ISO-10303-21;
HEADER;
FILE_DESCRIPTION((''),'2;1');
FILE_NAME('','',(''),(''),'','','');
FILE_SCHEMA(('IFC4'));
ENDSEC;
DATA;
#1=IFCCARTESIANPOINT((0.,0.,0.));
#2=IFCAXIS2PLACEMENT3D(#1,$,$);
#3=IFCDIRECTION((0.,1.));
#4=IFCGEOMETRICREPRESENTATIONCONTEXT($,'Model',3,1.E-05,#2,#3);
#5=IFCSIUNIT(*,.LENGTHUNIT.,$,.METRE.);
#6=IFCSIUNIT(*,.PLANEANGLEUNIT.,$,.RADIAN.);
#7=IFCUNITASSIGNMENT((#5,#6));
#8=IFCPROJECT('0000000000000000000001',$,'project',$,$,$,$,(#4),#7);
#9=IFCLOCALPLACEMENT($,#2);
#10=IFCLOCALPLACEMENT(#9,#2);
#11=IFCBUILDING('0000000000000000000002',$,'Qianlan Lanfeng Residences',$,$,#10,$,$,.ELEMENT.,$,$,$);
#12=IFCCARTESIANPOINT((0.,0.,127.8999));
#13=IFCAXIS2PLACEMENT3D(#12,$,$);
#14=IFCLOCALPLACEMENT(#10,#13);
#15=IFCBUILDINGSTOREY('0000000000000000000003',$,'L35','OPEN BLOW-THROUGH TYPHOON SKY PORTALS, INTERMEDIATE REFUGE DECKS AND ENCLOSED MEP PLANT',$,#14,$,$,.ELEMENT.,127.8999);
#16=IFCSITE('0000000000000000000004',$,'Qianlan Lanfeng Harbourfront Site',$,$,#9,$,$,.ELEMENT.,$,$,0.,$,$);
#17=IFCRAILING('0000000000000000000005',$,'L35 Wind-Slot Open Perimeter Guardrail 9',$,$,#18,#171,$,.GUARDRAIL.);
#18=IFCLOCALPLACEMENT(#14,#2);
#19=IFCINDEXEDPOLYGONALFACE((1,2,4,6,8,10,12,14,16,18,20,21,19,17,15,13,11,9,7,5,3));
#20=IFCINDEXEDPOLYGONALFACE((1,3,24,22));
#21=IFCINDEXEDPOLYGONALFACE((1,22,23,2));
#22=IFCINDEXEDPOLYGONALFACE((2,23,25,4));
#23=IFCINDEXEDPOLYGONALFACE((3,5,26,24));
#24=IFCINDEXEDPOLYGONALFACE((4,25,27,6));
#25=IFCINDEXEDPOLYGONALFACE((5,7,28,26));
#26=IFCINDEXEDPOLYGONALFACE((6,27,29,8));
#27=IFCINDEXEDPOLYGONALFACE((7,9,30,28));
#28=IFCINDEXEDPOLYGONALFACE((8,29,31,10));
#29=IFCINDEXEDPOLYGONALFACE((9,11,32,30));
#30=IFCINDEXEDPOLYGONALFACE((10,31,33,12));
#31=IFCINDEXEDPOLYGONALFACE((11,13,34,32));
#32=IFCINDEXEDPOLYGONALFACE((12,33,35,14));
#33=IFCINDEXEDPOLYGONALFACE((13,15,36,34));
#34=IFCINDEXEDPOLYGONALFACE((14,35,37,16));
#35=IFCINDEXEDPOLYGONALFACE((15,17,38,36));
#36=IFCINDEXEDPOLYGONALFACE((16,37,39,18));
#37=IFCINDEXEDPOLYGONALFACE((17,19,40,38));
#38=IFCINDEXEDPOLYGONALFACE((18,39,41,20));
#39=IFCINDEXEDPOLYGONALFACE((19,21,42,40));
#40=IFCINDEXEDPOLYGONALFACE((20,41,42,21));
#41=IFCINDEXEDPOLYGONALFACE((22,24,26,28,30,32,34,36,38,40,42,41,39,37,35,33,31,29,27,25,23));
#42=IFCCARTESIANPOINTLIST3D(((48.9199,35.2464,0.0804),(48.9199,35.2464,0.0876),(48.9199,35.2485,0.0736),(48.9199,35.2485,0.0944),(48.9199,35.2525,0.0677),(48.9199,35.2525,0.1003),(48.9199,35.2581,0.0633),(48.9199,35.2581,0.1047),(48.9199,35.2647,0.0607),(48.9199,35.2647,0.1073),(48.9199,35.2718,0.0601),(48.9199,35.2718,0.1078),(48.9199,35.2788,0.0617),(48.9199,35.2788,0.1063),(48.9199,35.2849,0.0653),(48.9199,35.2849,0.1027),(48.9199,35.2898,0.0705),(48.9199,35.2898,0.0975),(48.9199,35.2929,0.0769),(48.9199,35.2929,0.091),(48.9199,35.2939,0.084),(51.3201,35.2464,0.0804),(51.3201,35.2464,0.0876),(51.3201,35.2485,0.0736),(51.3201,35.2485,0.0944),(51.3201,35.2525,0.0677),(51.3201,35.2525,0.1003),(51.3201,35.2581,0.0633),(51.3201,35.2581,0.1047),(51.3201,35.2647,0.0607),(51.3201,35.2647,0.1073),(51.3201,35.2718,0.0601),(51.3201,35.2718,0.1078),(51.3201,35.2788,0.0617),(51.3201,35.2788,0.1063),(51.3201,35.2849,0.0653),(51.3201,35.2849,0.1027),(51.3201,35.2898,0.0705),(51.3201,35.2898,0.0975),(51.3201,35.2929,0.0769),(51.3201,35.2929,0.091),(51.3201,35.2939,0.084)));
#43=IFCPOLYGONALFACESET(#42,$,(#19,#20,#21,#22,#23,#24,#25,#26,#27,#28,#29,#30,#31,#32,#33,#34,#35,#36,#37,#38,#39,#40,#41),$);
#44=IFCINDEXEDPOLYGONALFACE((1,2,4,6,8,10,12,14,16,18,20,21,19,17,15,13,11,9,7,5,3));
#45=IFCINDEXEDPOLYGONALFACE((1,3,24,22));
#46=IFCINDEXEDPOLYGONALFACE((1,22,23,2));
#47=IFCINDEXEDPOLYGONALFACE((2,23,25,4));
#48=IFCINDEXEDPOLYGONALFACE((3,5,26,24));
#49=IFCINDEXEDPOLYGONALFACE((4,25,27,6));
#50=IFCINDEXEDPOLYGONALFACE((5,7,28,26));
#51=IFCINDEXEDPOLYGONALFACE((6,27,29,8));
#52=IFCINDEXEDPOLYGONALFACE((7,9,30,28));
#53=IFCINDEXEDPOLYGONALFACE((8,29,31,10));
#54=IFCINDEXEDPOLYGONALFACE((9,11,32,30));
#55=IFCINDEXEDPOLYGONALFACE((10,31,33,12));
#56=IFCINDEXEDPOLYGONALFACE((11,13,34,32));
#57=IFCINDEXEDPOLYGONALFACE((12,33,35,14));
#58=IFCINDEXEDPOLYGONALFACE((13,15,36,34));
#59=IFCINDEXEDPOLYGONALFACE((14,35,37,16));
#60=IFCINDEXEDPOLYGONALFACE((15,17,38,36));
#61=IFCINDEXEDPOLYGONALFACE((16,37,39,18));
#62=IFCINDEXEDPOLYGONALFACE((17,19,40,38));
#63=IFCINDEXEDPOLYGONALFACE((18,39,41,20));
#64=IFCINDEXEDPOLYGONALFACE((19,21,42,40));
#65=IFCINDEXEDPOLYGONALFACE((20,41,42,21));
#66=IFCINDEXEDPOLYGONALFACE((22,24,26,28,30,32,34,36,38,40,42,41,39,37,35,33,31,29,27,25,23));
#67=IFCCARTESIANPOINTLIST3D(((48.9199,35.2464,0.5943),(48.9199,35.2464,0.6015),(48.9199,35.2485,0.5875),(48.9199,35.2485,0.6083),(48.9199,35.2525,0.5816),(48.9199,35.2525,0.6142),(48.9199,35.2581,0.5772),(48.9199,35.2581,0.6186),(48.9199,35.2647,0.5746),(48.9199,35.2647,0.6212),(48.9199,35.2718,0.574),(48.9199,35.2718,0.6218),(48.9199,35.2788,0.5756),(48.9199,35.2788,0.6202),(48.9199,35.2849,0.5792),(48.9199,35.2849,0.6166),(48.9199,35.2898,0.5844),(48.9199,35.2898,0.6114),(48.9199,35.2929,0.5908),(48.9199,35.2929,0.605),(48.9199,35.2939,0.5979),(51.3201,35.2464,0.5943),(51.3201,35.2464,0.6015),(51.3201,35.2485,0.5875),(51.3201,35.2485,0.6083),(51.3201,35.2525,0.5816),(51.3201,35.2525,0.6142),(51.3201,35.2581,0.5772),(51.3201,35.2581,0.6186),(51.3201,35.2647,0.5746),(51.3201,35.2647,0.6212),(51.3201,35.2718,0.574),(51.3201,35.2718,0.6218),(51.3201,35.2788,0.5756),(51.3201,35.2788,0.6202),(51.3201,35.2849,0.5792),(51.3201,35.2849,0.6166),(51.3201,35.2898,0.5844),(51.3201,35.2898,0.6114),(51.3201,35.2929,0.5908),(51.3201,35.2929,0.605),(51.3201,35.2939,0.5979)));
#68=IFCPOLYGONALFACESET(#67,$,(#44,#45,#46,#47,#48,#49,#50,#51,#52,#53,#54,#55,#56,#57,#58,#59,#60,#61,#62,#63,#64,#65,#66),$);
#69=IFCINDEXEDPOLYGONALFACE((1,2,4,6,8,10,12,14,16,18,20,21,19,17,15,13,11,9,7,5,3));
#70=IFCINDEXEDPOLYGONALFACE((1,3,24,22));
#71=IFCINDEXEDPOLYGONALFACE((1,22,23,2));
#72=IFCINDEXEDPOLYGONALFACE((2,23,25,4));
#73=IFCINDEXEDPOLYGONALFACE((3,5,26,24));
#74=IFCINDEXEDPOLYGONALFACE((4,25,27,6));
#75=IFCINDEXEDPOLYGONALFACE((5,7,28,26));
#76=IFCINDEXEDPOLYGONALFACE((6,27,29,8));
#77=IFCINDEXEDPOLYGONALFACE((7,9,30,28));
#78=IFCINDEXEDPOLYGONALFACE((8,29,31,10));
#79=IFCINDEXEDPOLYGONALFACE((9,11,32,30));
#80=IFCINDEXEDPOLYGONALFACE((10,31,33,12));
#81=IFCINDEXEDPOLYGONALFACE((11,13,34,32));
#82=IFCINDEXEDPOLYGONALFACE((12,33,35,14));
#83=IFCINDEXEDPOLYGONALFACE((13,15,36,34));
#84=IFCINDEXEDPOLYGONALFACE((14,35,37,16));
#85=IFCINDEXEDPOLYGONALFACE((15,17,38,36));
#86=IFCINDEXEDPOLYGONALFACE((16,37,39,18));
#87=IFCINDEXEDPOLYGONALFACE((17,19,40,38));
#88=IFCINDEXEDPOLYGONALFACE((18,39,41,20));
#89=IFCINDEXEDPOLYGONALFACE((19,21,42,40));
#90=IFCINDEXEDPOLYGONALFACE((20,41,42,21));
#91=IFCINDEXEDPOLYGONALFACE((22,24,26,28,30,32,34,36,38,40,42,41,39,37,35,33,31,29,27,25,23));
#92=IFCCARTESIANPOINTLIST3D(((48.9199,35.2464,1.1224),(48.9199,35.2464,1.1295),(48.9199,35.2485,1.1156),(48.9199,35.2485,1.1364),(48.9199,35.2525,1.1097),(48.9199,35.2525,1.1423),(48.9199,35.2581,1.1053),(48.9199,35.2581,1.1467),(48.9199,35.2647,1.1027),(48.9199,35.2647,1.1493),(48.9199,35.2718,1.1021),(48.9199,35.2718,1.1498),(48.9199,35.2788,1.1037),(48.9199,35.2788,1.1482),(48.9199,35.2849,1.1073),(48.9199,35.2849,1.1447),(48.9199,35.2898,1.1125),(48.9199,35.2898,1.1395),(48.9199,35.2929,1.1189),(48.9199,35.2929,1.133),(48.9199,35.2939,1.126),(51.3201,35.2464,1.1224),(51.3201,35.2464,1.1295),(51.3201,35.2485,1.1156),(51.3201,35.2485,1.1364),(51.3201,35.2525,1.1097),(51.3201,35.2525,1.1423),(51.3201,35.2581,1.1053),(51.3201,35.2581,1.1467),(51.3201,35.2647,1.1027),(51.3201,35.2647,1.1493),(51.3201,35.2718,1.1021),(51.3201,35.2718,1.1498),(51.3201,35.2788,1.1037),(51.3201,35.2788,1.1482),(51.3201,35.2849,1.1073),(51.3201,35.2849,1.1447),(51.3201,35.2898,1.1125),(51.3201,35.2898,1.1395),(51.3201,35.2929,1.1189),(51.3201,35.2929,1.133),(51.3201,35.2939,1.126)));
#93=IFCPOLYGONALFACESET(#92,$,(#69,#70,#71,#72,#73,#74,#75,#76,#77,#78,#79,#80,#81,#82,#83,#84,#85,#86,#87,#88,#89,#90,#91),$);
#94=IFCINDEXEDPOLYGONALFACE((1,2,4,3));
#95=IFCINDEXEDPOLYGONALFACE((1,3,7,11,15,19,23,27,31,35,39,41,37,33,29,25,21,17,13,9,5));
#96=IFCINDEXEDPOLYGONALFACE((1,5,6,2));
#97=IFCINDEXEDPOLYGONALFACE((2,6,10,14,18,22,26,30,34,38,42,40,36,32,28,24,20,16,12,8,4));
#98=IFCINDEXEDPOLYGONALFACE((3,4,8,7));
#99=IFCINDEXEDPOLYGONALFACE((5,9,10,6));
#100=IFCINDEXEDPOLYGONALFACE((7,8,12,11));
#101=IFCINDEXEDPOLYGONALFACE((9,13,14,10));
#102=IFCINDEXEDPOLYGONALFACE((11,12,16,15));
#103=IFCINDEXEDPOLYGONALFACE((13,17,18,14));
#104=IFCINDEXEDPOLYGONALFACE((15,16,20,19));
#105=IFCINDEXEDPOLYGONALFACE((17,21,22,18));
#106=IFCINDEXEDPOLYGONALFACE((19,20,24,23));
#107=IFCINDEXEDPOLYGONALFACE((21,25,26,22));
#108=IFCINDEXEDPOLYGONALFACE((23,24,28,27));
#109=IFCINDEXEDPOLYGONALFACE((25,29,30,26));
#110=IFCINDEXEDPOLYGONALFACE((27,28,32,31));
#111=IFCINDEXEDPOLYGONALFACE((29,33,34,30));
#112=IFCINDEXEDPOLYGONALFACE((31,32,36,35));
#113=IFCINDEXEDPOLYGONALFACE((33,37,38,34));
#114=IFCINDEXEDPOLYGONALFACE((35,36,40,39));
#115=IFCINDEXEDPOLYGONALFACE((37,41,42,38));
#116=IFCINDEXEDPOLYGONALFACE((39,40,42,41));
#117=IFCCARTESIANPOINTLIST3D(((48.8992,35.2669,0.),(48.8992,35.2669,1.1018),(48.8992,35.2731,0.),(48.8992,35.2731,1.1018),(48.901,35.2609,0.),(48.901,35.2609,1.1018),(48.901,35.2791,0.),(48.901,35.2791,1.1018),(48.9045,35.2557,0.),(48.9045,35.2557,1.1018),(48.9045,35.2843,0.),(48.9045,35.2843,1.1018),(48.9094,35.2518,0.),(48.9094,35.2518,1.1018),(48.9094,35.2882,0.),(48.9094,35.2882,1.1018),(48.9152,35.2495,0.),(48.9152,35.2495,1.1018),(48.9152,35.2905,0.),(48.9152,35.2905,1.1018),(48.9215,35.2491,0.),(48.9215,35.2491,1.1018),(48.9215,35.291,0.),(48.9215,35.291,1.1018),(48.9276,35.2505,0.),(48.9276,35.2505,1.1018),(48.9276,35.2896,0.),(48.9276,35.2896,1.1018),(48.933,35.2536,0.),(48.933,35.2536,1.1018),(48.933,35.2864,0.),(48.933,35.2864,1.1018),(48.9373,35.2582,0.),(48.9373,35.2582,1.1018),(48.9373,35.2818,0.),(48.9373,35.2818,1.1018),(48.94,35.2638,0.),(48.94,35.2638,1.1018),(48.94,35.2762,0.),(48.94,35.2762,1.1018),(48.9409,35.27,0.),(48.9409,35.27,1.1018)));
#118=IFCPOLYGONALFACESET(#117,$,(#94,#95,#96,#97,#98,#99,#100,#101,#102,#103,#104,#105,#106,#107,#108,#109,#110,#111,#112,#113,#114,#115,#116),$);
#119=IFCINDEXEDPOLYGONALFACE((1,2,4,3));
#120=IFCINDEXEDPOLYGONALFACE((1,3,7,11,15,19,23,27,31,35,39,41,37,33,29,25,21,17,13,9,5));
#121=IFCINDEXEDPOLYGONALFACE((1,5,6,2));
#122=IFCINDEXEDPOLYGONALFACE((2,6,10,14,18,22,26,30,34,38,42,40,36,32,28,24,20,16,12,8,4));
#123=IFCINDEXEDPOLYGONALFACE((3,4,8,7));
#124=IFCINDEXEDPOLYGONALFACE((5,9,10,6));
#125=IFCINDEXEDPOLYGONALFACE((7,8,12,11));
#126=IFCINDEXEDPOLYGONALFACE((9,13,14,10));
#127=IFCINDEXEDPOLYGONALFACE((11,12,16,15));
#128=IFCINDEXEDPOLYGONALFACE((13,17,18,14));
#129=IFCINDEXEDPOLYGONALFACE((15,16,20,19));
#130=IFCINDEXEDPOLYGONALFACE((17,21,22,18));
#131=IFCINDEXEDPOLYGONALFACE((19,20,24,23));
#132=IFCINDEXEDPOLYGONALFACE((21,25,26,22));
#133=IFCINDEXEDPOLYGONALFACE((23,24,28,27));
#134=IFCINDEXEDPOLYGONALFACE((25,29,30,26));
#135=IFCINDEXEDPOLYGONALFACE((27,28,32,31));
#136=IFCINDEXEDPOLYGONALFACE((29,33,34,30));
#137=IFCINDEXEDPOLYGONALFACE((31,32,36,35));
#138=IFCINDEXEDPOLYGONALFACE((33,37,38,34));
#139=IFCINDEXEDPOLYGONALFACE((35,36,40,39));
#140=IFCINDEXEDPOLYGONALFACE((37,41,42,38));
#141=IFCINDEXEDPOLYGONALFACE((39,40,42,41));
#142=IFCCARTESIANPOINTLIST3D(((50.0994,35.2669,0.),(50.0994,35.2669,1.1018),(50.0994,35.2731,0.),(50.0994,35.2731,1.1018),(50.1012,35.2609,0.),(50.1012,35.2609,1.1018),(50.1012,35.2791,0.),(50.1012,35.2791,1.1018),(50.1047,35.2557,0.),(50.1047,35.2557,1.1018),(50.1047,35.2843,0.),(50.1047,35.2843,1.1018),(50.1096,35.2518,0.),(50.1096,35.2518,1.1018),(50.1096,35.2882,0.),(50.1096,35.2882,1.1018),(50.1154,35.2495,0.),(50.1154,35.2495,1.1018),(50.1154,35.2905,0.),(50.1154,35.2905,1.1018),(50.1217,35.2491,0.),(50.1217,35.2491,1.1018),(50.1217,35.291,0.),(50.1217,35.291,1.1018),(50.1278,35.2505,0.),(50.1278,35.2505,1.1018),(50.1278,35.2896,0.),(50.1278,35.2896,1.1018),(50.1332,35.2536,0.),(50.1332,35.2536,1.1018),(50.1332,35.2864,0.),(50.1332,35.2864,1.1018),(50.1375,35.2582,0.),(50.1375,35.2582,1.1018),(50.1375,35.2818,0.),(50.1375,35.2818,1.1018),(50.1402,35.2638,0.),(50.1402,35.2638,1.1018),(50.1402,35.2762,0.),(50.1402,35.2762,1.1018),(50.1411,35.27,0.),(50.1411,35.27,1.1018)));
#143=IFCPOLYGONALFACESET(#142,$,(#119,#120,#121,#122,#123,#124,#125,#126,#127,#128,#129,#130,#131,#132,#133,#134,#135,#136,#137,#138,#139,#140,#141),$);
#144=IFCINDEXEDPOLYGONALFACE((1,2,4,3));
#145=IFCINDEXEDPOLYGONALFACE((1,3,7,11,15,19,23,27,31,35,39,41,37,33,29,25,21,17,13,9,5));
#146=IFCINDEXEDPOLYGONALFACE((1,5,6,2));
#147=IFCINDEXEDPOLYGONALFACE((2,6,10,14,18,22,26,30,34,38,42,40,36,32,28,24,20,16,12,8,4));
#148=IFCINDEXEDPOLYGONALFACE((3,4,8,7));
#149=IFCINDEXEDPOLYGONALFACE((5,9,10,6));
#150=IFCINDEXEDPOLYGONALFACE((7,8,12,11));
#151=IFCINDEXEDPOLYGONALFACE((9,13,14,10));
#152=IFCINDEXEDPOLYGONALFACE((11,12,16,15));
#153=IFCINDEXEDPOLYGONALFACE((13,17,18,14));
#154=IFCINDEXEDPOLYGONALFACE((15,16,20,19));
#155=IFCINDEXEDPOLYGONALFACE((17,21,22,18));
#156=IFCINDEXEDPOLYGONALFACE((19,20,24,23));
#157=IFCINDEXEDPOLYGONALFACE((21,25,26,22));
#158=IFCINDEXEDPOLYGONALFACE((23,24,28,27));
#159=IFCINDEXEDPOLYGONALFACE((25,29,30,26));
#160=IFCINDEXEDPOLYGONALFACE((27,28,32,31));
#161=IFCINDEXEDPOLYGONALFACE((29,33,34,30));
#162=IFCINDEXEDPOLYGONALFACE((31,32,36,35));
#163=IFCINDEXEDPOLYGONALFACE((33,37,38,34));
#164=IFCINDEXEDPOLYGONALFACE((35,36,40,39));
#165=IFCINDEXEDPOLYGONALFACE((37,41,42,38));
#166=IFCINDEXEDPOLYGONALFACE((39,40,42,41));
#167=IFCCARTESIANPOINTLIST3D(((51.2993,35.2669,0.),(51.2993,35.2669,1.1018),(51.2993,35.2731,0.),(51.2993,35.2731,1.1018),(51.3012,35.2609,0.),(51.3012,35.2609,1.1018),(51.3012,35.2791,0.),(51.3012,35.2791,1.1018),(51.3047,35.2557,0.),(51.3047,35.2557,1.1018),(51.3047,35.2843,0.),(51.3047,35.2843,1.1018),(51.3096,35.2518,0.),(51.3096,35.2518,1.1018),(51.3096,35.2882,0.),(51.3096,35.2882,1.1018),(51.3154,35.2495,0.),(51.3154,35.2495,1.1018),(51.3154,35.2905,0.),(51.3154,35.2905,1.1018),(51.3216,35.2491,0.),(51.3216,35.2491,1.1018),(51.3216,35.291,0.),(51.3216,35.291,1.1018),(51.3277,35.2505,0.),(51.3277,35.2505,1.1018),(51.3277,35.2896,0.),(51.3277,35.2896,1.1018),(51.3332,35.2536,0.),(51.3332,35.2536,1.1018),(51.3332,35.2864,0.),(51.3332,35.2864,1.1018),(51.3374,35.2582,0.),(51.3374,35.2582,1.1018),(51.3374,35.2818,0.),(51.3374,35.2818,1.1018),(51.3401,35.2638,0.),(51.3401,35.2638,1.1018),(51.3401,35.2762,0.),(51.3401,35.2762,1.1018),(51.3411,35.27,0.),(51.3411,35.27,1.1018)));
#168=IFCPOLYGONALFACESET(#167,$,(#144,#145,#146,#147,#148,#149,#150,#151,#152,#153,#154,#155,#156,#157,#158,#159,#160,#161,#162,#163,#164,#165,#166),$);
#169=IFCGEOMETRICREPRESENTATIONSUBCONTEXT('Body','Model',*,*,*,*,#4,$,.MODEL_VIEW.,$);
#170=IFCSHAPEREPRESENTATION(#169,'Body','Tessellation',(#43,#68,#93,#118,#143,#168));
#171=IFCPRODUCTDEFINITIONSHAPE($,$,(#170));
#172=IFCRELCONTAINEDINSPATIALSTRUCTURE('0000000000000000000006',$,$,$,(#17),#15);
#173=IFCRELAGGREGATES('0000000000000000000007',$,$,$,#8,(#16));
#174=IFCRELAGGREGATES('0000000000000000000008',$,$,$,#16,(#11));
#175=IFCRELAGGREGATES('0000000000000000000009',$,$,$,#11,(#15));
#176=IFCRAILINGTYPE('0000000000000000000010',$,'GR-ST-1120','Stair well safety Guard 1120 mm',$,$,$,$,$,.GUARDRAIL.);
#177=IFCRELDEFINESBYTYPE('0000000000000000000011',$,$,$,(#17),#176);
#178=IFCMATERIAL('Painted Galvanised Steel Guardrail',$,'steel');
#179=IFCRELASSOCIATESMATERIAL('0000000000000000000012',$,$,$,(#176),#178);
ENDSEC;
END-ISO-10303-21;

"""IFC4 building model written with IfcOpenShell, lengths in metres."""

from ifc_helpers import new_model, si_unit, direction, frame, origin, origin_2d, place, context, subcontext, project, spatial, circle, extrude, material, type_object, element, save


model = new_model("IFC4")

# Units and contexts
model_context = context("Model", 3, precision=1e-05, world=origin(), true_north=direction((0.0, 1.0)))
body_context = subcontext(model_context, "Body", "Model", "MODEL_VIEW")
ifc_project = project(units=[si_unit("LENGTHUNIT", "METRE"), si_unit("PLANEANGLEUNIT", "RADIAN")], contexts=[model_context])

# Site, building, storey
site_placement = place(None, origin())
site = spatial("IfcSite", under=ifc_project, at=site_placement, Name="Qianlan Lanfeng Harbourfront Site", CompositionType="ELEMENT", RefElevation=0.0)
building_placement = place(site_placement, origin())
building = spatial("IfcBuilding", under=site, at=building_placement, Name="Qianlan Lanfeng Residences", CompositionType="ELEMENT")
storey_placement = place(building_placement, frame((0.0, 0.0, 127.8999)))
storey = spatial("IfcBuildingStorey", under=building, at=storey_placement, Name="L35", Description="OPEN BLOW-THROUGH TYPHOON SKY PORTALS, INTERMEDIATE REFUGE DECKS AND ENCLOSED MEP PLANT", CompositionType="ELEMENT", Elevation=127.8999)

# Railing
ifc_material_1 = material(Name="Painted Galvanised Steel Guardrail", Category="steel")
railing_type_1 = type_object("IfcRailingType", Name="GR-ST-1120", Description="Stair well safety Guard 1120 mm", PredefinedType="GUARDRAIL", material=ifc_material_1)
railing_1_placement = place(storey_placement, frame((48.9199, 35.27, 0.0)))
element("IfcRailing", 1, at=railing_1_placement, inside=storey, type_object=railing_type_1, Name="L35 Wind-Slot Open Perimeter Guardrail 9", PredefinedType="GUARDRAIL", context=body_context, shape_type="SweptSolid", body=[
    extrude(circle(Radius=0.0239, at=origin_2d()), frame((0.0, 0.0, 0.084), z_axis=(1.0, 0.0, 0.0), x_axis=(0.0, 1.0, 0.0)), (0.0, 0.0, 1.0), 2.4001),
    extrude(circle(Radius=0.0239, at=origin_2d()), frame((0.0, 0.0, 0.5979), z_axis=(1.0, 0.0, 0.0), x_axis=(0.0, 1.0, 0.0)), (0.0, 0.0, 1.0), 2.4001),
    extrude(circle(Radius=0.0239, at=origin_2d()), frame((0.0, 0.0, 1.126), z_axis=(1.0, 0.0, 0.0), x_axis=(0.0, 1.0, 0.0)), (0.0, 0.0, 1.0), 2.4001),
    extrude(circle(Radius=0.021, at=origin_2d()), origin(), (0.0, 0.0, 1.0), 1.1018),
    extrude(circle(Radius=0.021, at=origin_2d()), frame((1.2002, 0.0, 0.0)), (0.0, 0.0, 1.0), 1.1018),
    extrude(circle(Radius=0.021, at=origin_2d()), frame((2.4001, 0.0, 0.0)), (0.0, 0.0, 1.0), 1.1018),
])

save(model, "model.ifc")
